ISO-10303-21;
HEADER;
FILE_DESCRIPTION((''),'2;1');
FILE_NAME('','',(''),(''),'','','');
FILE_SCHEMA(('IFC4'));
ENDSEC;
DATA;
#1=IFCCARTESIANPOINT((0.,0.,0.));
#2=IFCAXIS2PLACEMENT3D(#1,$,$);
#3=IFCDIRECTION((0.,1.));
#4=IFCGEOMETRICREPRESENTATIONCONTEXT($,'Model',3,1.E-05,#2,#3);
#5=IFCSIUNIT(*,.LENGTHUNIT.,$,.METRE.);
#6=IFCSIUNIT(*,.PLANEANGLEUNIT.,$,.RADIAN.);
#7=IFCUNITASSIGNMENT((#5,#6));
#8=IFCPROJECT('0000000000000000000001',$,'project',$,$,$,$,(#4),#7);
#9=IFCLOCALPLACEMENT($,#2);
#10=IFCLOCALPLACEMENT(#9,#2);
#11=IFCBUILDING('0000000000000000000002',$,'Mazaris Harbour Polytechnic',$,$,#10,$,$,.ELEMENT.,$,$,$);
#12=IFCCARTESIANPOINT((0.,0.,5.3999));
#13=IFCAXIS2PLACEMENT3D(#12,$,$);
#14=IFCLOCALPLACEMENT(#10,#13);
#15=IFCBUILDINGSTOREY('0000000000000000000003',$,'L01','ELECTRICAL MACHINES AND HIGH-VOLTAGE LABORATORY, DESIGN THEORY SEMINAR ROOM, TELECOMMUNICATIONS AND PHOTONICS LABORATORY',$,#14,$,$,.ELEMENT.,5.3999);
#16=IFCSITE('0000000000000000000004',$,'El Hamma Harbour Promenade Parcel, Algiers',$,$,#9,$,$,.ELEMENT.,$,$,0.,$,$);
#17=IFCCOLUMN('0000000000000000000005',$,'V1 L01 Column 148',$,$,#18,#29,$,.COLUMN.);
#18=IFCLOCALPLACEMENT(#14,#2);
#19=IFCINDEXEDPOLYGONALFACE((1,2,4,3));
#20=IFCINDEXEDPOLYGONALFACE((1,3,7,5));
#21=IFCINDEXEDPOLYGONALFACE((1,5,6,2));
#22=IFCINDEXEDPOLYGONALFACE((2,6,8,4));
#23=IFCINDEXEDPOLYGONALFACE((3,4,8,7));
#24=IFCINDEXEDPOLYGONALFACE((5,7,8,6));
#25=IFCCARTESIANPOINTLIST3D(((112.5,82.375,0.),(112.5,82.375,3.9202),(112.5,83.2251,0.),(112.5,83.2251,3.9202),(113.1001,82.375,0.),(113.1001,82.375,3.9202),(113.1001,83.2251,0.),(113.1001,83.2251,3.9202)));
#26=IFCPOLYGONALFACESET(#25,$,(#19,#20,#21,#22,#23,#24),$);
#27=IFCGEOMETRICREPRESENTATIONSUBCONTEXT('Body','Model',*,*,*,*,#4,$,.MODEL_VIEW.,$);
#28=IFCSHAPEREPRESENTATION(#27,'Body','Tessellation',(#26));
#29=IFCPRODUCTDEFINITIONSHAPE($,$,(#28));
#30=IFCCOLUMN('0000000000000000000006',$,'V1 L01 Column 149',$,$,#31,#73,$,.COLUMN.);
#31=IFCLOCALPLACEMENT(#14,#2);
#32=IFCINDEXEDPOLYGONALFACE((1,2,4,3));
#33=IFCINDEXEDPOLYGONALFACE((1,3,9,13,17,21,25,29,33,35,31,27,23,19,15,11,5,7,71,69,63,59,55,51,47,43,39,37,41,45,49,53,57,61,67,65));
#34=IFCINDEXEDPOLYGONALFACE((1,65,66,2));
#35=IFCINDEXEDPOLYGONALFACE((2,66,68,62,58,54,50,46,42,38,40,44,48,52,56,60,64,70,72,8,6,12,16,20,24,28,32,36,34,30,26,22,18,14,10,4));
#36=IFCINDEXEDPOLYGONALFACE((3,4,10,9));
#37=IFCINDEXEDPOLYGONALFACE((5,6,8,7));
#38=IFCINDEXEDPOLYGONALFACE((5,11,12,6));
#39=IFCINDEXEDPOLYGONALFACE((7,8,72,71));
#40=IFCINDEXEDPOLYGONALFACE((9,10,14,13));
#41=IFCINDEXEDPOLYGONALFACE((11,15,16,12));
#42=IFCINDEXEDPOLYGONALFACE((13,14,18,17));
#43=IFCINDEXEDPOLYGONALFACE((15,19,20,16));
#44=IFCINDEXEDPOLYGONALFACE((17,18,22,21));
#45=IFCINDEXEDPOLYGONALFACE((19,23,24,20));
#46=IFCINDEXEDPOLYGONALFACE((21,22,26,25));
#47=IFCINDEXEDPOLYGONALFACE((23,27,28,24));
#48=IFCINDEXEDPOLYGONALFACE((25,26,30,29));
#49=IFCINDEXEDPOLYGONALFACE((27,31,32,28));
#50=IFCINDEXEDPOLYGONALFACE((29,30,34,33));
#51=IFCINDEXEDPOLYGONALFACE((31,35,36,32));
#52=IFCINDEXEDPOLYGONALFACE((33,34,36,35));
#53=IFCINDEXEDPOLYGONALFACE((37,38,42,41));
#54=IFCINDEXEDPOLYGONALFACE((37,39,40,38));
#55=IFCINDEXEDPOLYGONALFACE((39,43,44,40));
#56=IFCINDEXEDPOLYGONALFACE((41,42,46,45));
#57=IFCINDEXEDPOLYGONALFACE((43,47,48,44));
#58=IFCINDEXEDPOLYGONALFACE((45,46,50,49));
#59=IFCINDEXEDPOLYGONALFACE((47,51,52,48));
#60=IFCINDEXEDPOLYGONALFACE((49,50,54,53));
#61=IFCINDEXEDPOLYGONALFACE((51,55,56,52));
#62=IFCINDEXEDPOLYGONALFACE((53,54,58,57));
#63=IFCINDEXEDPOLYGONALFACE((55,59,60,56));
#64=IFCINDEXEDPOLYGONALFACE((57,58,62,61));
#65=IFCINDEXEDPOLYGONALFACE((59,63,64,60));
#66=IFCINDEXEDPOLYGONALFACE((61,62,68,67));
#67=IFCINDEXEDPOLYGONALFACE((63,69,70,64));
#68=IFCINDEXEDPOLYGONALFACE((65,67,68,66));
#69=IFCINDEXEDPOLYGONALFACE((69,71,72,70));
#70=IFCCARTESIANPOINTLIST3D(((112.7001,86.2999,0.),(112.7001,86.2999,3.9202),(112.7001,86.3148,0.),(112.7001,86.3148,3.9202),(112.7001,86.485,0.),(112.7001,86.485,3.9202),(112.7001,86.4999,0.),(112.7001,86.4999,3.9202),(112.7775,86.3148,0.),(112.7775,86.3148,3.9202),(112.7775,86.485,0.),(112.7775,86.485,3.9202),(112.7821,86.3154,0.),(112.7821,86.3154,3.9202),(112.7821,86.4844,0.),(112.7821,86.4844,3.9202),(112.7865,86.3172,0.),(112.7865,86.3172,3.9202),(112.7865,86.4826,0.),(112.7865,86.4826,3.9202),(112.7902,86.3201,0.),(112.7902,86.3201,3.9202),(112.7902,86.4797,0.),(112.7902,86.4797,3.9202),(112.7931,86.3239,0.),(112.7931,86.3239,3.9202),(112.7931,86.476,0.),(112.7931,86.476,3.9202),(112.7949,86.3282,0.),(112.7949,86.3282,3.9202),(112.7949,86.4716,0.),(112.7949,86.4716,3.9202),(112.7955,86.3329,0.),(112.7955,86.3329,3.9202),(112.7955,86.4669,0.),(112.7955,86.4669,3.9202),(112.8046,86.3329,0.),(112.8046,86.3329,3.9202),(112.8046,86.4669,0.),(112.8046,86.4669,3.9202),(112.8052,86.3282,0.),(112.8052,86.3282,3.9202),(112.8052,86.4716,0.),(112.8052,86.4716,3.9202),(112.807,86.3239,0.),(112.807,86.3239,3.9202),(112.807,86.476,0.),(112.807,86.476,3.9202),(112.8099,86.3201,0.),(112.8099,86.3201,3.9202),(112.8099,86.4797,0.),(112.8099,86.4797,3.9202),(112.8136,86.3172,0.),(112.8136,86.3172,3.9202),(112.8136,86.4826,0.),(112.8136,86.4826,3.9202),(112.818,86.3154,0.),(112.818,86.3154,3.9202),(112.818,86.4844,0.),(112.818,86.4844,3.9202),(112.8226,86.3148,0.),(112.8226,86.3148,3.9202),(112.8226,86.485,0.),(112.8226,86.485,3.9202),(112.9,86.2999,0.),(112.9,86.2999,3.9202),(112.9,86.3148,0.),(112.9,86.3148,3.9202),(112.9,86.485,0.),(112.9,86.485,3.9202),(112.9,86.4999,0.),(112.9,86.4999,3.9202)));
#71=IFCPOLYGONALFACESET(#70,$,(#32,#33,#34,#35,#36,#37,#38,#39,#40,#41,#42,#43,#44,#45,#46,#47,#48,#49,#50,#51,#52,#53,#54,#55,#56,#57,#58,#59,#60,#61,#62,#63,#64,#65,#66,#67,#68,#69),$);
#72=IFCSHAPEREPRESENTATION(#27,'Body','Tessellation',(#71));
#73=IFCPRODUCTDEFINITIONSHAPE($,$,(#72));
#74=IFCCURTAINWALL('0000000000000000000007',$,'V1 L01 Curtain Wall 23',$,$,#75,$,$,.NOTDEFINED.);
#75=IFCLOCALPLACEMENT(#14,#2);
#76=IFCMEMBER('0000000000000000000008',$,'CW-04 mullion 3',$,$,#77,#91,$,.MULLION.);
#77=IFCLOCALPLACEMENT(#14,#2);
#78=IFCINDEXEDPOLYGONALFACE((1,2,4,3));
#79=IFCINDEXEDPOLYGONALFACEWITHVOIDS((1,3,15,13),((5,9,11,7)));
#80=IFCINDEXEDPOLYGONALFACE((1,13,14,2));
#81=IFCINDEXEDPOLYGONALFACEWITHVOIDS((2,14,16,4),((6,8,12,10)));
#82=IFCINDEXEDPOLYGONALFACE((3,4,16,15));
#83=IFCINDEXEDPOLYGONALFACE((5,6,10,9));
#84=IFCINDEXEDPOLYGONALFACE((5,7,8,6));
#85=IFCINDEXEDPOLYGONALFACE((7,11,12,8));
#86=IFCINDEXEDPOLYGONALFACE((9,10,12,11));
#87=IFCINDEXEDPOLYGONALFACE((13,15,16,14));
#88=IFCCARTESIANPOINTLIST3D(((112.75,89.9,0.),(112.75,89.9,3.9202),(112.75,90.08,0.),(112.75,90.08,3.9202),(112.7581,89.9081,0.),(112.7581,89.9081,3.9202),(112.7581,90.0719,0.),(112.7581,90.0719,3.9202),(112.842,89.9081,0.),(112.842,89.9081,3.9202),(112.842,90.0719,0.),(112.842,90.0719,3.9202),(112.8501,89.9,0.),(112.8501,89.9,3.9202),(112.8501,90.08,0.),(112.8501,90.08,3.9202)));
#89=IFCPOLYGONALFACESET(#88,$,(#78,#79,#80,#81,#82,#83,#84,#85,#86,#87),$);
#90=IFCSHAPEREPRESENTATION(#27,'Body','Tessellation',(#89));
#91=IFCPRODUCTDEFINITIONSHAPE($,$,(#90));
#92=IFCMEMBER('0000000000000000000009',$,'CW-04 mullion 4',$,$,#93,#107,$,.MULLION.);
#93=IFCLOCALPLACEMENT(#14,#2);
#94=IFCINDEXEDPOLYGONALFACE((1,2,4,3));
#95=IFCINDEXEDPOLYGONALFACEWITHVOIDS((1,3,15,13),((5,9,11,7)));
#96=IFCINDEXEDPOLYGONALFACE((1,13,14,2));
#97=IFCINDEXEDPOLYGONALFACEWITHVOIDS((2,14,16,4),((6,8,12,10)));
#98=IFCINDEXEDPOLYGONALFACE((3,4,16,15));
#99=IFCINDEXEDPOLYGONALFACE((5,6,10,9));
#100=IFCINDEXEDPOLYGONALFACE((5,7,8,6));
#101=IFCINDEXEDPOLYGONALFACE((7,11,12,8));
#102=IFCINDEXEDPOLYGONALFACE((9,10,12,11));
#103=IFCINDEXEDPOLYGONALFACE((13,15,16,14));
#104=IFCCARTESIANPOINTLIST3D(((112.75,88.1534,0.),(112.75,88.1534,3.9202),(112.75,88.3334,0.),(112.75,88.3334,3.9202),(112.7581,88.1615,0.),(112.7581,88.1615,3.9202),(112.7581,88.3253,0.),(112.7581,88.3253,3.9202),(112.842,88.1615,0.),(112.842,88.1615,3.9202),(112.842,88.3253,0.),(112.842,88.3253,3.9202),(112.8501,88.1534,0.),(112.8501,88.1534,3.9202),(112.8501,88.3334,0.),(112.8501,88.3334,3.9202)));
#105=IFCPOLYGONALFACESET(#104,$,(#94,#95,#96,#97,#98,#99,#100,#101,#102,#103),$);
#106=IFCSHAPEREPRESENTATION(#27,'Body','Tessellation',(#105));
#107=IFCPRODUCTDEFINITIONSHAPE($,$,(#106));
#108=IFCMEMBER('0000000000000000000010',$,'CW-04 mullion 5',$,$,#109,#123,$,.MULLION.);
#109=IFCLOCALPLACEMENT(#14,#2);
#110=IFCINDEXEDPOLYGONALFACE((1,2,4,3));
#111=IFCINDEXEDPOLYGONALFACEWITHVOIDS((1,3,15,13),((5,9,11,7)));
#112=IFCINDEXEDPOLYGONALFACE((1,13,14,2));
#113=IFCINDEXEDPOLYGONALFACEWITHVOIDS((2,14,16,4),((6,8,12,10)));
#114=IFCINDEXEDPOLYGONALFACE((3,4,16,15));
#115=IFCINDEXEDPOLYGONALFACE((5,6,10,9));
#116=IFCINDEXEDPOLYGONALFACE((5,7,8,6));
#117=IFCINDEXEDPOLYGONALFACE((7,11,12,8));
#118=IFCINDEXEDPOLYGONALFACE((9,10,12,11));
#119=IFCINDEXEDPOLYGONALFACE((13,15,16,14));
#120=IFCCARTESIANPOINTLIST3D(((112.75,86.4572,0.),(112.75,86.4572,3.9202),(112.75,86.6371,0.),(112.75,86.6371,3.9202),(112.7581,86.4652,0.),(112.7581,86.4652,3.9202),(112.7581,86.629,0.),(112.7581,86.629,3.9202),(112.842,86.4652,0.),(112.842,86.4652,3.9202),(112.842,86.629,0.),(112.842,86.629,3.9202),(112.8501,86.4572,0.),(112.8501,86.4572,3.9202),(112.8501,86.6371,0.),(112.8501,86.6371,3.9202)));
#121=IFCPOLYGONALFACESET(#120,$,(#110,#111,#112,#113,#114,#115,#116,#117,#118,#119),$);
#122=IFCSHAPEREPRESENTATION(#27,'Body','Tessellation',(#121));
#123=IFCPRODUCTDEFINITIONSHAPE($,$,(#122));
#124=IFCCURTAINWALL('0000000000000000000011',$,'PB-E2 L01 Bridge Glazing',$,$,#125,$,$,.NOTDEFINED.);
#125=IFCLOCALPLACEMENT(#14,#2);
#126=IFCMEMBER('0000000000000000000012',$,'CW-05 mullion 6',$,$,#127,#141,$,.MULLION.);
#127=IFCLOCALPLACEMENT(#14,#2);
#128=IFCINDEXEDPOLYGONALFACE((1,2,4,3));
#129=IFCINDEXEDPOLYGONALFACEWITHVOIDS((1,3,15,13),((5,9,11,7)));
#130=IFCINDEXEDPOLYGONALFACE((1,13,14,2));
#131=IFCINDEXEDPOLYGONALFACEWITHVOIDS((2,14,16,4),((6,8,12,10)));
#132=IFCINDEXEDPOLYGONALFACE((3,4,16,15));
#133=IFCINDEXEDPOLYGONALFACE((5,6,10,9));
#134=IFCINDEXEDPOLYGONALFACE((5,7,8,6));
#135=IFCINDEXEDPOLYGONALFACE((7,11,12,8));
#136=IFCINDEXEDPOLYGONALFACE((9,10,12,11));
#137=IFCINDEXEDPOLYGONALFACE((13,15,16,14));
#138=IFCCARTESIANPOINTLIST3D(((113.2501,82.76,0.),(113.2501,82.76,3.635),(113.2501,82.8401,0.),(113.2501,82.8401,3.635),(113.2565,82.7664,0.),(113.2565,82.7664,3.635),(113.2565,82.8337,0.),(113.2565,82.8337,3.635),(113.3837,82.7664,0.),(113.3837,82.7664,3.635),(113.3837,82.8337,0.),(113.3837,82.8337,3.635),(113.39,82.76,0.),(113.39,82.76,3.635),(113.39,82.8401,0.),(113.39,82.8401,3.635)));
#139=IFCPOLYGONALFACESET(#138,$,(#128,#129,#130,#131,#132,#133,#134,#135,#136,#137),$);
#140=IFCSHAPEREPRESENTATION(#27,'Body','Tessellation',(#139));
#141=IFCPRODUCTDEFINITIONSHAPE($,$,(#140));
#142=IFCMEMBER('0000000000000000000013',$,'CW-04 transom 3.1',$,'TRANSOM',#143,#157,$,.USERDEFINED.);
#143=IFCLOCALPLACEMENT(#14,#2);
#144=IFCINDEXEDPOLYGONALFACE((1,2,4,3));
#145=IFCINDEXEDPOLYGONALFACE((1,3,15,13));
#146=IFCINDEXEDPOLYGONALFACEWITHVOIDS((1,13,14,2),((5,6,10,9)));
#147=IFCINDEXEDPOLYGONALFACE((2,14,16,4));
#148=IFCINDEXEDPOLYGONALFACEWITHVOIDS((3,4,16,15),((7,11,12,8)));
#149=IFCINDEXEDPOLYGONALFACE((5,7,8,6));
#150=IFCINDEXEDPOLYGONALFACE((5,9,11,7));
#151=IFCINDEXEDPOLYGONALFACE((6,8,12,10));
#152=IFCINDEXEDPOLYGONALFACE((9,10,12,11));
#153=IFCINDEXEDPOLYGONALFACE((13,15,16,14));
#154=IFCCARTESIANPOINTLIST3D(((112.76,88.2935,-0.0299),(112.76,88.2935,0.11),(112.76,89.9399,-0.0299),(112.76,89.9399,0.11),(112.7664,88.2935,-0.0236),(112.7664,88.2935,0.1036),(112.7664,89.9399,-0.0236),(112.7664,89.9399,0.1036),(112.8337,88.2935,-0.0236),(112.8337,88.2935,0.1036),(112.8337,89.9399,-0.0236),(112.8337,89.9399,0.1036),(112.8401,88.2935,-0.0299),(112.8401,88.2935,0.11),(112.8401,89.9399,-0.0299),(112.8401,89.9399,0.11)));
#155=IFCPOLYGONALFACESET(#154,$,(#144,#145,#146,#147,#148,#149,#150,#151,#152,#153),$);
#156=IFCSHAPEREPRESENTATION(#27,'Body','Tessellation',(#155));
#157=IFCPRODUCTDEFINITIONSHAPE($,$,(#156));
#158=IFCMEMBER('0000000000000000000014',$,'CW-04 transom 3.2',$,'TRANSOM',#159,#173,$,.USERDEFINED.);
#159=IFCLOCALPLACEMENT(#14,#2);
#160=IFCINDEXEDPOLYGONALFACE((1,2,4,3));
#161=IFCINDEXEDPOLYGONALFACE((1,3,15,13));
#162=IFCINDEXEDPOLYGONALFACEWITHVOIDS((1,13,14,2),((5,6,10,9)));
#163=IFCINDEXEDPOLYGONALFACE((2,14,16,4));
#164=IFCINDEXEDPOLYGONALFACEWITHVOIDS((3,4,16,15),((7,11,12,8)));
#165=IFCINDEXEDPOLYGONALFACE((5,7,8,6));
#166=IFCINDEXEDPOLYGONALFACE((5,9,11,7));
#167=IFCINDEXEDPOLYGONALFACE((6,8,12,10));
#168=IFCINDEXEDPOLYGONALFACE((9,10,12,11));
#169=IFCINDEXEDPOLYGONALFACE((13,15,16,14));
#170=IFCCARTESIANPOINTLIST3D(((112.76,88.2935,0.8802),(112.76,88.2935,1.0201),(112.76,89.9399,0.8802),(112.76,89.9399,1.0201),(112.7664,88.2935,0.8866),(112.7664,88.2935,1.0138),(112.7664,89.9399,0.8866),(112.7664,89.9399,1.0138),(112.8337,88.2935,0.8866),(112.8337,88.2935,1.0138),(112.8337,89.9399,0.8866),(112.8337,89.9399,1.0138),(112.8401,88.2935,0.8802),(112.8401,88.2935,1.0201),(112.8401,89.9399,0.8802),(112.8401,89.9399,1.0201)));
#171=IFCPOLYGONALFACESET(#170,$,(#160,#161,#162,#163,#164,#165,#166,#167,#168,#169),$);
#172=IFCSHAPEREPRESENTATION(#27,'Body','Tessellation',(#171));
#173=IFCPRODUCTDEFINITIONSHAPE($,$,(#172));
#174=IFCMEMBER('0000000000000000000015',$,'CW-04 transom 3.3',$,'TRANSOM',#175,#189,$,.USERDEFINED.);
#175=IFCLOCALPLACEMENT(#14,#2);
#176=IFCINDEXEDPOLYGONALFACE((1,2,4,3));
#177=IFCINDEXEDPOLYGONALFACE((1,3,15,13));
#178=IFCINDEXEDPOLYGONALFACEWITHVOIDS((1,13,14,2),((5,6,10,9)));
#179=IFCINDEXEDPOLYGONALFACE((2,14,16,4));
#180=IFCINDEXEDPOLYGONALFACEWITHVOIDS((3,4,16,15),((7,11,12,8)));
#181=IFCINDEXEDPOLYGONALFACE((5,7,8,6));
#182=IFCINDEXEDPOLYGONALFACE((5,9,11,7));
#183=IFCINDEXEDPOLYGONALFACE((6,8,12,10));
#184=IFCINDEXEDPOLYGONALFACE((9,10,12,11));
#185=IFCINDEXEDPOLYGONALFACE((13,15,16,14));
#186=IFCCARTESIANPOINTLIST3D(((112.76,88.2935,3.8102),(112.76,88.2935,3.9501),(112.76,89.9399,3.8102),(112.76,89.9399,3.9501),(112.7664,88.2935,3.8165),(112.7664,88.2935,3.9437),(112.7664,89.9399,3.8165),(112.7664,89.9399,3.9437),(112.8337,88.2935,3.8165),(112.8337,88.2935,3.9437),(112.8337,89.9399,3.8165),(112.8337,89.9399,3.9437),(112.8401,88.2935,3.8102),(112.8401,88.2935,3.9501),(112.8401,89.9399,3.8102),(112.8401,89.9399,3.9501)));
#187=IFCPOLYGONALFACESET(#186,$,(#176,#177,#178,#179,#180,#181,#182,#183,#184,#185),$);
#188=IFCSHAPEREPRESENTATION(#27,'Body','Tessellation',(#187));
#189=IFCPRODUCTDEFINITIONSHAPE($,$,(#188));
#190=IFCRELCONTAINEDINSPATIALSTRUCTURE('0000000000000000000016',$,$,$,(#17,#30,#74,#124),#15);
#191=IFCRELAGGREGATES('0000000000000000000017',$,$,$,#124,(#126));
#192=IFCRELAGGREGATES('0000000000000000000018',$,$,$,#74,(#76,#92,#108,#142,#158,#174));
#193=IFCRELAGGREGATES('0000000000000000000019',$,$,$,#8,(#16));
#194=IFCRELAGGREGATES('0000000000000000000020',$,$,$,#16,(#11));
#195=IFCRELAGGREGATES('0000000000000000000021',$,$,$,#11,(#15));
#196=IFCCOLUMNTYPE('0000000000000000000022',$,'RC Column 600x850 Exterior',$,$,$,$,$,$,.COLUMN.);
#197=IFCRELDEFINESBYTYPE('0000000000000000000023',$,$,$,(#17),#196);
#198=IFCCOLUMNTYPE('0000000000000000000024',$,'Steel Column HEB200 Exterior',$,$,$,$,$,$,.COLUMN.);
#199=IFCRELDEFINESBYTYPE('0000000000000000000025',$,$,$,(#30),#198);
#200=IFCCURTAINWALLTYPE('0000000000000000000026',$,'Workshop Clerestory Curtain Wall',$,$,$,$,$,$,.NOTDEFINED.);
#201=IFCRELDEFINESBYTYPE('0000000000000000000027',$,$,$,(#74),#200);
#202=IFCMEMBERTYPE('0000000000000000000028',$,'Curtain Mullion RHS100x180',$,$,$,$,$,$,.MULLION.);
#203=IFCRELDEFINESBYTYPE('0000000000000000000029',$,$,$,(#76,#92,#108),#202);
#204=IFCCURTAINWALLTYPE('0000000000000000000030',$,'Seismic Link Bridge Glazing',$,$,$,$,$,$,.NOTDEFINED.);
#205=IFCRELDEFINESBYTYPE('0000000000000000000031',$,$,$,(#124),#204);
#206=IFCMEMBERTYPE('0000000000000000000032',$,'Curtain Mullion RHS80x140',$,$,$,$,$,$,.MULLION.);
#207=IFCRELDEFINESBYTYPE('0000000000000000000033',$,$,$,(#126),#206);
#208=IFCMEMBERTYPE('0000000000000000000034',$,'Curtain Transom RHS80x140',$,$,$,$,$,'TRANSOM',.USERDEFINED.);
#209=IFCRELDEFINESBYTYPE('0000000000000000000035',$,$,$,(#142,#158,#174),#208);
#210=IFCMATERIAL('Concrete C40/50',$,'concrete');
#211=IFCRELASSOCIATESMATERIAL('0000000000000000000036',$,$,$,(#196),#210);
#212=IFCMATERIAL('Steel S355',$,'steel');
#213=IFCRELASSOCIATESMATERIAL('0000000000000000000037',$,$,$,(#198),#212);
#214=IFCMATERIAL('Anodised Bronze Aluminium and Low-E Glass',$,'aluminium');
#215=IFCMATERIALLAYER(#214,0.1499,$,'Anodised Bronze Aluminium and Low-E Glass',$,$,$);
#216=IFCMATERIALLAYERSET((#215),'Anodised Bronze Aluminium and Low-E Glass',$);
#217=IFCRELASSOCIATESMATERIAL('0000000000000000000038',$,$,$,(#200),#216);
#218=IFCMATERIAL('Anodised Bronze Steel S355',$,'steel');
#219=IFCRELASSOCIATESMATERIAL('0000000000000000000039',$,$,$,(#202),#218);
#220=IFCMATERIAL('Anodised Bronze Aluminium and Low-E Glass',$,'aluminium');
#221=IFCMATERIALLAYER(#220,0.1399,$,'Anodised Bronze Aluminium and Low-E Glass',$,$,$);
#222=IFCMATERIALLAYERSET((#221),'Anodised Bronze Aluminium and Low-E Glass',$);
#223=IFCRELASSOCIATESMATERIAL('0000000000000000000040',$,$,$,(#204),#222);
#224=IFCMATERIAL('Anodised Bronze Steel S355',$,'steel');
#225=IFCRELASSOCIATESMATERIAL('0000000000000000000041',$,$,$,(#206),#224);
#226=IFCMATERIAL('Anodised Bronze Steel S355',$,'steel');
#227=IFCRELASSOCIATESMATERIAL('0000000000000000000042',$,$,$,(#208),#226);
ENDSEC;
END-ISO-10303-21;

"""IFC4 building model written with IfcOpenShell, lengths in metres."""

from ifc_helpers import new_model, si_unit, direction, frame, origin, origin_2d, place, context, subcontext, project, spatial, rectangle, hollow_rectangle, i_section, extrude, material, layer, layer_set, material_profile, profile_set, type_object, element, aggregate, save


model = new_model("IFC4")

# Units and contexts
model_context = context("Model", 3, precision=1e-05, world=origin(), true_north=direction((0.0, 1.0)))
body_context = subcontext(model_context, "Body", "Model", "MODEL_VIEW")
ifc_project = project(units=[si_unit("LENGTHUNIT", "METRE"), si_unit("PLANEANGLEUNIT", "RADIAN")], contexts=[model_context])

# Site, building, storey
site_placement = place(None, origin())
site = spatial("IfcSite", under=ifc_project, at=site_placement, Name="El Hamma Harbour Promenade Parcel, Algiers", CompositionType="ELEMENT", RefElevation=0.0)
building_placement = place(site_placement, origin())
building = spatial("IfcBuilding", under=site, at=building_placement, Name="Mazaris Harbour Polytechnic", CompositionType="ELEMENT")
storey_placement = place(building_placement, frame((0.0, 0.0, 5.3999)))
storey = spatial("IfcBuildingStorey", under=building, at=storey_placement, Name="L01", Description="ELECTRICAL MACHINES AND HIGH-VOLTAGE LABORATORY, DESIGN THEORY SEMINAR ROOM, TELECOMMUNICATIONS AND PHOTONICS LABORATORY", CompositionType="ELEMENT", Elevation=5.3999)

# Columns
ifc_material_1 = material(Name="Concrete C40/50", Category="concrete")
ifc_material_profile_1 = material_profile(ifc_material_1, rectangle(XDim=0.6001, YDim=0.8501, at=origin_2d()), Name="RECT600x850")
ifc_profile_set_1 = profile_set([ifc_material_profile_1], Name="Concrete C40/50")
column_type_1 = type_object("IfcColumnType", Name="RC Column 600x850 Exterior", PredefinedType="COLUMN", material=ifc_profile_set_1)
column_1_placement = place(storey_placement, frame((112.8, 82.8, 0.0), z_axis=(0.0, 0.0, 1.0), x_axis=(1.0, 0.0, 0.0)))
element("IfcColumn", 1, at=column_1_placement, inside=storey, type_object=column_type_1, Name="V1 L01 Column 148", PredefinedType="COLUMN", context=body_context, shape_type="SweptSolid", body=[
    extrude(rectangle(XDim=0.6001, YDim=0.8501, at=origin_2d()), origin(), (0.0, 0.0, 1.0), 3.9202),
])
ifc_material_2 = material(Name="Steel S355", Category="steel")
ifc_material_profile_2 = material_profile(ifc_material_2, i_section(OverallWidth=0.2, OverallDepth=0.2, WebThickness=0.009, FlangeThickness=0.0149, FilletRadius=0.0181, at=origin_2d()), Name="HEB 200")
ifc_profile_set_2 = profile_set([ifc_material_profile_2], Name="Steel S355")
column_type_2 = type_object("IfcColumnType", Name="Steel Column HEB200 Exterior", PredefinedType="COLUMN", material=ifc_profile_set_2)
column_2_placement = place(storey_placement, frame((112.8, 86.3999, 0.0), z_axis=(0.0, 0.0, 1.0), x_axis=(1.0, 0.0, 0.0)))
element("IfcColumn", 2, at=column_2_placement, inside=storey, type_object=column_type_2, Name="V1 L01 Column 149", PredefinedType="COLUMN", context=body_context, shape_type="SweptSolid", body=[
    extrude(i_section(OverallWidth=0.2, OverallDepth=0.2, WebThickness=0.009, FlangeThickness=0.0149, FilletRadius=0.0181, at=origin_2d()), origin(), (0.0, 0.0, 1.0), 3.9202),
])

# Curtain wall, members
ifc_material_3 = material(Name="Anodised Bronze Aluminium and Low-E Glass", Category="aluminium")
ifc_layer_1 = layer(ifc_material_3, 0.1499, Name="Anodised Bronze Aluminium and Low-E Glass")
ifc_layer_set_1 = layer_set([ifc_layer_1], Name="Anodised Bronze Aluminium and Low-E Glass")
curtain_wall_type_1 = type_object("IfcCurtainWallType", Name="Workshop Clerestory Curtain Wall", PredefinedType="NOTDEFINED", material=ifc_layer_set_1)
curtain_wall_1_placement = place(storey_placement, origin())
curtain_wall_1 = element("IfcCurtainWall", 3, at=curtain_wall_1_placement, inside=storey, type_object=curtain_wall_type_1, Name="V1 L01 Curtain Wall 23", PredefinedType="NOTDEFINED")
ifc_material_4 = material(Name="Anodised Bronze Steel S355", Category="steel")
ifc_material_profile_3 = material_profile(ifc_material_4, hollow_rectangle(XDim=0.1001, YDim=0.1799, WallThickness=0.0081, at=origin_2d()), Name="RHS 100x180x8.0")
ifc_profile_set_3 = profile_set([ifc_material_profile_3], Name="Anodised Bronze Steel S355")
member_type_1 = type_object("IfcMemberType", Name="Curtain Mullion RHS100x180", PredefinedType="MULLION", material=ifc_profile_set_3)
member_1_placement = place(storey_placement, frame((112.8, 89.99, 0.0), z_axis=(0.0, 0.0, 1.0), x_axis=(1.0, 0.0, 0.0)))
member_1 = element("IfcMember", 4, at=member_1_placement, type_object=member_type_1, Name="CW-04 mullion 3", PredefinedType="MULLION", context=body_context, shape_type="SweptSolid", body=[
    extrude(hollow_rectangle(XDim=0.1001, YDim=0.1799, WallThickness=0.0081, at=origin_2d()), origin(), (0.0, 0.0, 1.0), 3.9202),
])
member_2_placement = place(storey_placement, frame((112.8, 88.2434, 0.0), z_axis=(0.0, 0.0, 1.0), x_axis=(1.0, 0.0, 0.0)))
member_2 = element("IfcMember", 5, at=member_2_placement, type_object=member_type_1, Name="CW-04 mullion 4", PredefinedType="MULLION", context=body_context, shape_type="SweptSolid", body=[
    extrude(hollow_rectangle(XDim=0.1001, YDim=0.1799, WallThickness=0.0081, at=origin_2d()), origin(), (0.0, 0.0, 1.0), 3.9202),
])
member_3_placement = place(storey_placement, frame((112.8, 86.5471, 0.0), z_axis=(0.0, 0.0, 1.0), x_axis=(1.0, 0.0, 0.0)))
member_3 = element("IfcMember", 6, at=member_3_placement, type_object=member_type_1, Name="CW-04 mullion 5", PredefinedType="MULLION", context=body_context, shape_type="SweptSolid", body=[
    extrude(hollow_rectangle(XDim=0.1001, YDim=0.1799, WallThickness=0.0081, at=origin_2d()), origin(), (0.0, 0.0, 1.0), 3.9202),
])

# Curtain wall, member
ifc_material_5 = material(Name="Anodised Bronze Aluminium and Low-E Glass", Category="aluminium")
ifc_layer_2 = layer(ifc_material_5, 0.1399, Name="Anodised Bronze Aluminium and Low-E Glass")
ifc_layer_set_2 = layer_set([ifc_layer_2], Name="Anodised Bronze Aluminium and Low-E Glass")
curtain_wall_type_2 = type_object("IfcCurtainWallType", Name="Seismic Link Bridge Glazing", PredefinedType="NOTDEFINED", material=ifc_layer_set_2)
curtain_wall_2_placement = place(storey_placement, origin())
curtain_wall_2 = element("IfcCurtainWall", 7, at=curtain_wall_2_placement, inside=storey, type_object=curtain_wall_type_2, Name="PB-E2 L01 Bridge Glazing", PredefinedType="NOTDEFINED")
ifc_material_6 = material(Name="Anodised Bronze Steel S355", Category="steel")
ifc_material_profile_4 = material_profile(ifc_material_6, hollow_rectangle(XDim=0.0801, YDim=0.1399, WallThickness=0.0063, at=origin_2d()), Name="RHS 80x140x6.3")
ifc_profile_set_4 = profile_set([ifc_material_profile_4], Name="Anodised Bronze Steel S355")
member_type_2 = type_object("IfcMemberType", Name="Curtain Mullion RHS80x140", PredefinedType="MULLION", material=ifc_profile_set_4)
member_4_placement = place(storey_placement, frame((113.3201, 82.8, 0.0), z_axis=(0.0, 0.0, 1.0), x_axis=(0.0, -1.0, 0.0)))
member_4 = element("IfcMember", 8, at=member_4_placement, type_object=member_type_2, Name="CW-05 mullion 6", PredefinedType="MULLION", context=body_context, shape_type="SweptSolid", body=[
    extrude(hollow_rectangle(XDim=0.0801, YDim=0.1399, WallThickness=0.0063, at=origin_2d()), origin(), (0.0, 0.0, 1.0), 3.635),
])
aggregate(curtain_wall_2, [member_4])

# Members
ifc_material_7 = material(Name="Anodised Bronze Steel S355", Category="steel")
ifc_material_profile_5 = material_profile(ifc_material_7, hollow_rectangle(XDim=0.0801, YDim=0.1399, WallThickness=0.0063, at=origin_2d()), Name="RHS 80x140x6.3")
ifc_profile_set_5 = profile_set([ifc_material_profile_5], Name="Anodised Bronze Steel S355")
member_type_3 = type_object("IfcMemberType", Name="Curtain Transom RHS80x140", ElementType="TRANSOM", PredefinedType="USERDEFINED", material=ifc_profile_set_5)
member_5_placement = place(storey_placement, frame((112.8, 89.9399, 0.04), z_axis=(0.0, -1.0, 0.0), x_axis=(1.0, 0.0, 0.0)))
member_5 = element("IfcMember", 9, at=member_5_placement, type_object=member_type_3, Name="CW-04 transom 3.1", ObjectType="TRANSOM", PredefinedType="USERDEFINED", context=body_context, shape_type="SweptSolid", body=[
    extrude(hollow_rectangle(XDim=0.0801, YDim=0.1399, WallThickness=0.0063, at=origin_2d()), origin(), (0.0, 0.0, 1.0), 1.6465),
])
member_6_placement = place(storey_placement, frame((112.8, 89.9399, 0.9502), z_axis=(0.0, -1.0, 0.0), x_axis=(1.0, 0.0, 0.0)))
member_6 = element("IfcMember", 10, at=member_6_placement, type_object=member_type_3, Name="CW-04 transom 3.2", ObjectType="TRANSOM", PredefinedType="USERDEFINED", context=body_context, shape_type="SweptSolid", body=[
    extrude(hollow_rectangle(XDim=0.0801, YDim=0.1399, WallThickness=0.0063, at=origin_2d()), origin(), (0.0, 0.0, 1.0), 1.6465),
])
member_7_placement = place(storey_placement, frame((112.8, 89.9399, 3.8801), z_axis=(0.0, -1.0, 0.0), x_axis=(1.0, 0.0, 0.0)))
member_7 = element("IfcMember", 11, at=member_7_placement, type_object=member_type_3, Name="CW-04 transom 3.3", ObjectType="TRANSOM", PredefinedType="USERDEFINED", context=body_context, shape_type="SweptSolid", body=[
    extrude(hollow_rectangle(XDim=0.0801, YDim=0.1399, WallThickness=0.0063, at=origin_2d()), origin(), (0.0, 0.0, 1.0), 1.6465),
])

aggregate(curtain_wall_1, [member_1, member_2, member_3, member_5, member_6, member_7])

save(model, "model.ifc")
